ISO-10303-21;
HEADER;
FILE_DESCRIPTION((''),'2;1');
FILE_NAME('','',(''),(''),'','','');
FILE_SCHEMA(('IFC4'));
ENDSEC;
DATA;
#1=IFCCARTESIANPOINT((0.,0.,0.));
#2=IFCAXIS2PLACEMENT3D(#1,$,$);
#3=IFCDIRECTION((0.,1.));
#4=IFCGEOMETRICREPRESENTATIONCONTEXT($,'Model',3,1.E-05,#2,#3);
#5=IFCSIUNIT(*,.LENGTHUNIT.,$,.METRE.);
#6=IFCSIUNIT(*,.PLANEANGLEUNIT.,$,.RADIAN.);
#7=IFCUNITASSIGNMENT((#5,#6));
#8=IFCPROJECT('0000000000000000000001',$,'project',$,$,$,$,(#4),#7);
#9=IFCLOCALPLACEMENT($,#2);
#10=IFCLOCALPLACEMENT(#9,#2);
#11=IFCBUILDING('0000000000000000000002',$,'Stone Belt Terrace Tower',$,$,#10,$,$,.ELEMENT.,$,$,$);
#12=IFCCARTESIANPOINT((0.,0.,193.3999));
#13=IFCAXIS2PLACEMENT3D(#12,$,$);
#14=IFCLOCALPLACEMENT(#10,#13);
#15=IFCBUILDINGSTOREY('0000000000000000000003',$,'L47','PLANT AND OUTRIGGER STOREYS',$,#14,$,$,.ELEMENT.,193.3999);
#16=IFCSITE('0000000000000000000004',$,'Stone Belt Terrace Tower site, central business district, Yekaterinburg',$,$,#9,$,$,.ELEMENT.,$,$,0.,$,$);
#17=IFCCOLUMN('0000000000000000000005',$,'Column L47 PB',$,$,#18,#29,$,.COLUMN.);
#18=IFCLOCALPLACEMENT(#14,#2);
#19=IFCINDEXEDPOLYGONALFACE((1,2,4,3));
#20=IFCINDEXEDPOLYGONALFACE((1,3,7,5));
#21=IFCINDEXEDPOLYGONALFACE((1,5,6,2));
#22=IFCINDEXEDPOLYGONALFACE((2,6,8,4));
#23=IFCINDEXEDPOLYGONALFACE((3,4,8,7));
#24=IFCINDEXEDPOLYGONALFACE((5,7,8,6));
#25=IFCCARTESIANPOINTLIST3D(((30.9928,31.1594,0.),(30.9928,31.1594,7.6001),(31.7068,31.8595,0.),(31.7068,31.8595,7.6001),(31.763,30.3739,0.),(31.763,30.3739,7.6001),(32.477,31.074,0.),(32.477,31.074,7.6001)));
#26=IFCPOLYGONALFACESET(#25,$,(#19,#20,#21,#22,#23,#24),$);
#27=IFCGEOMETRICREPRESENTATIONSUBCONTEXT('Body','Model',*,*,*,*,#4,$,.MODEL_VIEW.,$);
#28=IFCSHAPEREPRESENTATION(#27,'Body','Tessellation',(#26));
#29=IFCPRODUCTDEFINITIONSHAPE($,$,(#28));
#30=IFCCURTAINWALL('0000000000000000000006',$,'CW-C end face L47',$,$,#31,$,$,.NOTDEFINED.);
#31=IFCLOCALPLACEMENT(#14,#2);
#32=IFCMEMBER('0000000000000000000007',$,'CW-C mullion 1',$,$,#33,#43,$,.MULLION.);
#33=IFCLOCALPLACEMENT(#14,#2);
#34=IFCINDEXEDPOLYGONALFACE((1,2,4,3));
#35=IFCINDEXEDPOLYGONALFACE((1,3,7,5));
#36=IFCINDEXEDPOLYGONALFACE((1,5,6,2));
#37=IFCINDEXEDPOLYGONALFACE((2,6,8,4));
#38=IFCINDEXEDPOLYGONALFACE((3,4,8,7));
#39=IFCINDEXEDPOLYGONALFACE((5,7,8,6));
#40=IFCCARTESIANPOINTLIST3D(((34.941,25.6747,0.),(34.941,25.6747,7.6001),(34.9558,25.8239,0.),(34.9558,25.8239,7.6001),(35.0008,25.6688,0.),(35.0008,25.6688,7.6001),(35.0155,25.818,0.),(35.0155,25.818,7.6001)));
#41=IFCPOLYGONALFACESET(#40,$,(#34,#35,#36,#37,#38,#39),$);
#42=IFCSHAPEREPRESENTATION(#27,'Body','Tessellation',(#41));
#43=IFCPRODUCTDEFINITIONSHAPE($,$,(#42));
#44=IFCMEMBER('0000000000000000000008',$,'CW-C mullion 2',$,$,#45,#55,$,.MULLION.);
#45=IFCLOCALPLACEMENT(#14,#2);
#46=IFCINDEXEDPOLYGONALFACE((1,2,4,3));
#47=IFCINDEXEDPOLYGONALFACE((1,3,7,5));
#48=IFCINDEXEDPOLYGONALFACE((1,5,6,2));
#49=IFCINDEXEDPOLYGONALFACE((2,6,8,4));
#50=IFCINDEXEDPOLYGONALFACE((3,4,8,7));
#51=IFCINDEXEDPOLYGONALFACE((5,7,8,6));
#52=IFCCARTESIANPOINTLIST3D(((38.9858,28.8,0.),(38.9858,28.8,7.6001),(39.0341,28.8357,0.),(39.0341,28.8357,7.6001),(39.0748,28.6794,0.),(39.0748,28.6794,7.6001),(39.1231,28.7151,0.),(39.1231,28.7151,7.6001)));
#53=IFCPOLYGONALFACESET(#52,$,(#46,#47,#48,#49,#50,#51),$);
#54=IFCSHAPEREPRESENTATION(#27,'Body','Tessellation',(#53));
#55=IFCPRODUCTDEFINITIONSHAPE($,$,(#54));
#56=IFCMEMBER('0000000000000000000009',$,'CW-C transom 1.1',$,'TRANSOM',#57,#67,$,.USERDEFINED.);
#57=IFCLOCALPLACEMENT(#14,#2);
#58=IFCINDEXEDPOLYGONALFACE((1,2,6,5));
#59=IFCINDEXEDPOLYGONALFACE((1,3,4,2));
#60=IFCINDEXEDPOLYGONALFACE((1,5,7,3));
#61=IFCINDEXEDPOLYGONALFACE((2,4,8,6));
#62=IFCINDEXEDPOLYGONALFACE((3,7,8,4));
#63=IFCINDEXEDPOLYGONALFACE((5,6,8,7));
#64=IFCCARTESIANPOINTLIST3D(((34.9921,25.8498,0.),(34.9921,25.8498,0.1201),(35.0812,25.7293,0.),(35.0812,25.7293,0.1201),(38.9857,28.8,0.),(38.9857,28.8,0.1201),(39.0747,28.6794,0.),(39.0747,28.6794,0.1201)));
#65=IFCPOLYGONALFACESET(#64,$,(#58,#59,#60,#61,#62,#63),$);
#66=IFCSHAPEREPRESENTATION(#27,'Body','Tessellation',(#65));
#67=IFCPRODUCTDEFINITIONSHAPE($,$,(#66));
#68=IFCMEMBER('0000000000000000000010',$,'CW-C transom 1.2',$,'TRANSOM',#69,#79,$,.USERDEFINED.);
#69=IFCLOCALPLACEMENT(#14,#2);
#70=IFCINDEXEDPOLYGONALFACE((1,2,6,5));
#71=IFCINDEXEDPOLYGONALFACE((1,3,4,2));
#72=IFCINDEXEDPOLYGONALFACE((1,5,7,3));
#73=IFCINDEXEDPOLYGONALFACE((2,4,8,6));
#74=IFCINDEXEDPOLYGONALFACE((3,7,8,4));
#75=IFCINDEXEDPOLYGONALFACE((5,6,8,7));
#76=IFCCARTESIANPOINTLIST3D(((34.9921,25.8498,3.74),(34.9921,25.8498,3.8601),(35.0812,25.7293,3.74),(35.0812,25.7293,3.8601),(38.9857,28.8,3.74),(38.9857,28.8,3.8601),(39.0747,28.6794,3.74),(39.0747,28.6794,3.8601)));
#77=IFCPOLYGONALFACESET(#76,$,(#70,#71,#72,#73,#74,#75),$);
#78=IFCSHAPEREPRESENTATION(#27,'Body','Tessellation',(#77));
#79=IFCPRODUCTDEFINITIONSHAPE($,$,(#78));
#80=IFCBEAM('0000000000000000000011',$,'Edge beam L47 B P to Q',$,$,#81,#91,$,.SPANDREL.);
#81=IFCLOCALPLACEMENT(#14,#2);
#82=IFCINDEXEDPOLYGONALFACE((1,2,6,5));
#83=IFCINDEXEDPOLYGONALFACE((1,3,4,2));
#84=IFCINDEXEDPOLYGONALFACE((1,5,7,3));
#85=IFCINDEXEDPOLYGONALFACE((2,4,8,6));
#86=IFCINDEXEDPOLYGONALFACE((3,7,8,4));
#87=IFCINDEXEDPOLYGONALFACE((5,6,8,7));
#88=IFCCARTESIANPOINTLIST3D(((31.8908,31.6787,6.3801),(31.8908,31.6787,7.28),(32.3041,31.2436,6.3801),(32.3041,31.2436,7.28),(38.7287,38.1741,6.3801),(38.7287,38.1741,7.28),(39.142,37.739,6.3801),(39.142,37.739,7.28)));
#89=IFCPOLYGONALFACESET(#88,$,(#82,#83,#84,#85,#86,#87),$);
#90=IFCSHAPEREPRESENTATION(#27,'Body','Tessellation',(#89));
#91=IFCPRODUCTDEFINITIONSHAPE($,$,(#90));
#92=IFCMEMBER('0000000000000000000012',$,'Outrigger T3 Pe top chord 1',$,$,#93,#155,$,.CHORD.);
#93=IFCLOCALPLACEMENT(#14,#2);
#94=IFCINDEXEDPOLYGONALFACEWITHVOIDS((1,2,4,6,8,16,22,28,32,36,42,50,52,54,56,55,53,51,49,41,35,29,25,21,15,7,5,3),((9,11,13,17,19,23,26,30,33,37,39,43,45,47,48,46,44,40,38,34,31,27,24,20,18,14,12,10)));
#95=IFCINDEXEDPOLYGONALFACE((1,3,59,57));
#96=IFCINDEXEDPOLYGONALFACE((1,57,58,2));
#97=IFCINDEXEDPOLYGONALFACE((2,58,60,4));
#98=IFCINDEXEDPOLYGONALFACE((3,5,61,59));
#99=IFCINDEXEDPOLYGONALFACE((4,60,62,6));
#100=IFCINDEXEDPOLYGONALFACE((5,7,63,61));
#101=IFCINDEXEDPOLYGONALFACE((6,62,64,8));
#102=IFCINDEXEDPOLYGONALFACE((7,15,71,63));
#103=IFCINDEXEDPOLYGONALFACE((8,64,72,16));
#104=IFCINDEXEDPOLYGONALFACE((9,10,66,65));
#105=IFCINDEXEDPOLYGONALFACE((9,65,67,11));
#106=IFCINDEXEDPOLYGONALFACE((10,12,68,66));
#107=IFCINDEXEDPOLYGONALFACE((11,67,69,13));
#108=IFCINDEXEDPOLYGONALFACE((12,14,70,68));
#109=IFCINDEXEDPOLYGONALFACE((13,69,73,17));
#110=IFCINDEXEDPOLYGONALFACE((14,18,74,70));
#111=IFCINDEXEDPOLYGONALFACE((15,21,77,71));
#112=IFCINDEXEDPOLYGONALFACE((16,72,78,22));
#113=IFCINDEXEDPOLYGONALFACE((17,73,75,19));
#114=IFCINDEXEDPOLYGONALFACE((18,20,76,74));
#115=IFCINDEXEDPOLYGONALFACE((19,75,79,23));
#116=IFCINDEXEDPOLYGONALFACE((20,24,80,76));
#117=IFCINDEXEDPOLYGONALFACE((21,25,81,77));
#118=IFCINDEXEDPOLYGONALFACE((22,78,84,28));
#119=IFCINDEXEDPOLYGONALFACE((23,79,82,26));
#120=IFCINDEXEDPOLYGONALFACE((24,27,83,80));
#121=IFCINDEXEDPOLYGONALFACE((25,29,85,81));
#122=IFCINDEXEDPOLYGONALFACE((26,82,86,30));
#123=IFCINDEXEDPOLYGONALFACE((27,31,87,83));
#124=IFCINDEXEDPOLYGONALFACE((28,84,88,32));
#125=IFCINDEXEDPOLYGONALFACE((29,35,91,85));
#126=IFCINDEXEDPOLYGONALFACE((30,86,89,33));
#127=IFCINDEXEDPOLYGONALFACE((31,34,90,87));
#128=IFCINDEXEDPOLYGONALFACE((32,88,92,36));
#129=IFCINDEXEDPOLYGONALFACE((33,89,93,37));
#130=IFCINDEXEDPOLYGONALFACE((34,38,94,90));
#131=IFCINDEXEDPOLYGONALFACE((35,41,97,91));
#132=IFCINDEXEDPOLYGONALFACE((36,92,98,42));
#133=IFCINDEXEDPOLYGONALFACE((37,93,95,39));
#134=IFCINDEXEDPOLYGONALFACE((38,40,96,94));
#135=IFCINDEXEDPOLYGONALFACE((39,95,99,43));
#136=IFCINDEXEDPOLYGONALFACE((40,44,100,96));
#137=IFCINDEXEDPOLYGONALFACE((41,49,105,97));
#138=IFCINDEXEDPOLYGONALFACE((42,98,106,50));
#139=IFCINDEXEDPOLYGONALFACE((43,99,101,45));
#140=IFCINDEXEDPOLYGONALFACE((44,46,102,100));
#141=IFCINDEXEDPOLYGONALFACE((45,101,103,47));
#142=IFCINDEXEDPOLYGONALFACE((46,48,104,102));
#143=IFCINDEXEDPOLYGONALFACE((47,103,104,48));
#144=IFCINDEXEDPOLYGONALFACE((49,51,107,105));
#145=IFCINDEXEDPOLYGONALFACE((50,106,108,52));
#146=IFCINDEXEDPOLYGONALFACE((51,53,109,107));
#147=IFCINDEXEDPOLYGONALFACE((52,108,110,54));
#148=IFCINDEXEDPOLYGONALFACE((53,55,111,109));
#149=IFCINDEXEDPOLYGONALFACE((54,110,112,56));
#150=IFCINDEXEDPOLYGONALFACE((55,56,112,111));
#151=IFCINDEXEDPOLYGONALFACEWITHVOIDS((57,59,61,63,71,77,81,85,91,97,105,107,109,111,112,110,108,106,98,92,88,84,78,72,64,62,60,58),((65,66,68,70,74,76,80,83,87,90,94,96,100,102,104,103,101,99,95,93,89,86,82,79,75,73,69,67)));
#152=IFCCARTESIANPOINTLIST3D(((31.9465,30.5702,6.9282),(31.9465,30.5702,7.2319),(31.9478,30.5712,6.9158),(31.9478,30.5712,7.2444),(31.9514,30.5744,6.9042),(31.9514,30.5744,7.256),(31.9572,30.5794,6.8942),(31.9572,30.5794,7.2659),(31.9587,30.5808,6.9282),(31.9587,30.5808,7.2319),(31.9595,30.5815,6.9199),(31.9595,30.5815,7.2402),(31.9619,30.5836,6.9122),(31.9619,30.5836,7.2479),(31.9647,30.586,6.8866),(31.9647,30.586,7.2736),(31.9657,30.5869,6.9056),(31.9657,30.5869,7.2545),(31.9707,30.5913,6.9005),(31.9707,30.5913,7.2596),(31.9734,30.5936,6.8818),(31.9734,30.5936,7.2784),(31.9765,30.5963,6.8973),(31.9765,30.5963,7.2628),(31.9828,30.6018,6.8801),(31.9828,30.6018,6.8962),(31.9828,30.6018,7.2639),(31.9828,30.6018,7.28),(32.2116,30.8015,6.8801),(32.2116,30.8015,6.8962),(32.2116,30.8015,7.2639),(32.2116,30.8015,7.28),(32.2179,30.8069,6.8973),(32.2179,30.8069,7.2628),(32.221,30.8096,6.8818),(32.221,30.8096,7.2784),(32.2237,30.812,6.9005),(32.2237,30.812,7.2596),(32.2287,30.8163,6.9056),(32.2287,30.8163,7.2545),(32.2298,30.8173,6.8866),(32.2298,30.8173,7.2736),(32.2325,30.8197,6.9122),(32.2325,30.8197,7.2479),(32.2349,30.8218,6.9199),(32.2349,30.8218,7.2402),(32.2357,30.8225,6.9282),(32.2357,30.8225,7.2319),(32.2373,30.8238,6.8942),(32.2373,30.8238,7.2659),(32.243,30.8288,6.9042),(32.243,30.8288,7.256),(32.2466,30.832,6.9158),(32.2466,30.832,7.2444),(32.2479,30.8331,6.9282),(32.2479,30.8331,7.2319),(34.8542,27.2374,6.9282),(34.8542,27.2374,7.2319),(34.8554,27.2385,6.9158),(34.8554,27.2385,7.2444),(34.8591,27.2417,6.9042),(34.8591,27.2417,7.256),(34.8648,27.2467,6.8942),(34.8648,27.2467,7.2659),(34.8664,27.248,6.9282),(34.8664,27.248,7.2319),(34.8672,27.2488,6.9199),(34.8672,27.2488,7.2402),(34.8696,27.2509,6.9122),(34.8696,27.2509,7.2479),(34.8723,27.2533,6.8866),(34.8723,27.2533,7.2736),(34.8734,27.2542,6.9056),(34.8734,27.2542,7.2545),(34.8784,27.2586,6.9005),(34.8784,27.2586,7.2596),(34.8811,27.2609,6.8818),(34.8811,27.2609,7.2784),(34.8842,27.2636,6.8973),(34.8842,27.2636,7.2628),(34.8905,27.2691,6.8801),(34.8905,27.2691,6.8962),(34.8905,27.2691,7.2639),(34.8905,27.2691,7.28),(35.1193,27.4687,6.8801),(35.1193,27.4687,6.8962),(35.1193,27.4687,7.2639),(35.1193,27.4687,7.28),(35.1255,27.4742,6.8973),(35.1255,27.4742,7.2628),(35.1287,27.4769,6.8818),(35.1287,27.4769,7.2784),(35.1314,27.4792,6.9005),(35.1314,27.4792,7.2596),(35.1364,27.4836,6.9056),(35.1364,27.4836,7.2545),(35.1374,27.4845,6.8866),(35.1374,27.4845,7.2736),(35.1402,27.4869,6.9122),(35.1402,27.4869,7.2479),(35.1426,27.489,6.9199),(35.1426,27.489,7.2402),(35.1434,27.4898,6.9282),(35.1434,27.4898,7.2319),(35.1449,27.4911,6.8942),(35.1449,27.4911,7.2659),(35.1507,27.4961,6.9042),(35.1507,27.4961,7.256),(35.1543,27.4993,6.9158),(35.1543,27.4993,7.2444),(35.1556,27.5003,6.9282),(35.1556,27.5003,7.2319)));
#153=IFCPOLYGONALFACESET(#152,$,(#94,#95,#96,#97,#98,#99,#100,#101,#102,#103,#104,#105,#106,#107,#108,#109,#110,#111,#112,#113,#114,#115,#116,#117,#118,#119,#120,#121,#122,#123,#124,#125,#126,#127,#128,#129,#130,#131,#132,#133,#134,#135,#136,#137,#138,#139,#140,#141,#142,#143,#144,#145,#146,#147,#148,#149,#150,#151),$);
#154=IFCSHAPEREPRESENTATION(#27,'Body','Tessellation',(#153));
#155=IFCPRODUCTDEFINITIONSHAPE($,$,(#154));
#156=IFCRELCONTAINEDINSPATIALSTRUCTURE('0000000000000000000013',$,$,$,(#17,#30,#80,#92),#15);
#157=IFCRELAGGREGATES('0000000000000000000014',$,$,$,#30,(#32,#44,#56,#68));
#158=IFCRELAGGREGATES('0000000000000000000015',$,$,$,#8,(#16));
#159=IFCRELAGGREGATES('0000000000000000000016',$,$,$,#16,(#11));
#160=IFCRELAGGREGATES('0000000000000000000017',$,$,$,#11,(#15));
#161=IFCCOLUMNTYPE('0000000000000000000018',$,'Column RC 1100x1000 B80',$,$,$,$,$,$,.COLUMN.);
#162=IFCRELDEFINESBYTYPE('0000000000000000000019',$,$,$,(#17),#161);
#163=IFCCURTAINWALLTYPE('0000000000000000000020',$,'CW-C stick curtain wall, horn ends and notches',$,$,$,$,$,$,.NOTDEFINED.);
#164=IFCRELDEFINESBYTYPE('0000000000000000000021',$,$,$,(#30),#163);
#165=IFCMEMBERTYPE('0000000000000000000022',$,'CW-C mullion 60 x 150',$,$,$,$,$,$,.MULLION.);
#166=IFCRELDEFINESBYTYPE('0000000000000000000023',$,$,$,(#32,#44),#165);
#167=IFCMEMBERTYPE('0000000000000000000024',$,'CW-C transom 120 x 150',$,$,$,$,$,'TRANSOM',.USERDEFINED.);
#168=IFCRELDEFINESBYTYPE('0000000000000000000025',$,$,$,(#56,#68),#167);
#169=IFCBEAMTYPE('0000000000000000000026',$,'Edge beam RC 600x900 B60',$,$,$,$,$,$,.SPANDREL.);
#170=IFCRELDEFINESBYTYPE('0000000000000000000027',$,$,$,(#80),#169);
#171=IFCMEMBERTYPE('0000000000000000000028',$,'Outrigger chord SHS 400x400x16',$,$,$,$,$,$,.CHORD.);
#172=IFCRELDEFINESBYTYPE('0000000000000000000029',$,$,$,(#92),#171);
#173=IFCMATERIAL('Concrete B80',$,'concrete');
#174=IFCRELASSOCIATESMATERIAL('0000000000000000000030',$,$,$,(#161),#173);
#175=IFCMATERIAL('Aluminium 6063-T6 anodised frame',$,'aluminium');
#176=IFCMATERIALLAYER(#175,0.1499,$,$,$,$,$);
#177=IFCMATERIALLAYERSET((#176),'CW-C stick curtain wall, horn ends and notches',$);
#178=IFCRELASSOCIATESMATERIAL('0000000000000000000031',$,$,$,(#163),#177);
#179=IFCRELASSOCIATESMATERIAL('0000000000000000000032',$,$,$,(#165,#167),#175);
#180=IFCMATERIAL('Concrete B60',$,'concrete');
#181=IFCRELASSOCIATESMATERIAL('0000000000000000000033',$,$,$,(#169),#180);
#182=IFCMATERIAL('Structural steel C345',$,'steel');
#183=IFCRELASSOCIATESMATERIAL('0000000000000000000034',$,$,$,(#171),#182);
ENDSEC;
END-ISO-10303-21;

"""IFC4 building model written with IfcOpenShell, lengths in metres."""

from ifc_helpers import new_model, si_unit, direction, frame, origin, origin_2d, place, context, subcontext, project, spatial, rectangle, hollow_rectangle, extrude, material, layer, layer_set, material_profile, profile_set, type_object, element, aggregate, save


model = new_model("IFC4")

# Units and contexts
model_context = context("Model", 3, precision=1e-05, world=origin(), true_north=direction((0.0, 1.0)))
body_context = subcontext(model_context, "Body", "Model", "MODEL_VIEW")
ifc_project = project(units=[si_unit("LENGTHUNIT", "METRE"), si_unit("PLANEANGLEUNIT", "RADIAN")], contexts=[model_context])

# Site, building, storey
site_placement = place(None, origin())
site = spatial("IfcSite", under=ifc_project, at=site_placement, Name="Stone Belt Terrace Tower site, central business district, Yekaterinburg", CompositionType="ELEMENT", RefElevation=0.0)
building_placement = place(site_placement, origin())
building = spatial("IfcBuilding", under=site, at=building_placement, Name="Stone Belt Terrace Tower", CompositionType="ELEMENT")
storey_placement = place(building_placement, frame((0.0, 0.0, 193.3999)))
storey = spatial("IfcBuildingStorey", under=building, at=storey_placement, Name="L47", Description="PLANT AND OUTRIGGER STOREYS", CompositionType="ELEMENT", Elevation=193.3999)

# Column
ifc_material_1 = material(Name="Concrete B80", Category="concrete")
ifc_material_profile_1 = material_profile(ifc_material_1, rectangle(XDim=1.1001, YDim=1.0, at=origin_2d()), Name="RC 1100x1000")
ifc_profile_set_1 = profile_set([ifc_material_profile_1], Name="Concrete B80")
column_type = type_object("IfcColumnType", Name="Column RC 1100x1000 B80", PredefinedType="COLUMN", material=ifc_profile_set_1)
column_placement = place(storey_placement, frame((31.7349, 31.1167, 0.0), z_axis=(0.0, 0.0, 1.0), x_axis=(0.70012, -0.714026, 0.0)))
element("IfcColumn", 1, at=column_placement, inside=storey, type_object=column_type, Name="Column L47 PB", PredefinedType="COLUMN", context=body_context, shape_type="SweptSolid", body=[
    extrude(rectangle(XDim=1.1001, YDim=1.0, at=origin_2d()), origin(), (0.0, 0.0, 1.0), 7.6001),
])

# Curtain wall, members
ifc_material_2 = material(Name="Aluminium 6063-T6 anodised frame", Category="aluminium")
ifc_layer_1 = layer(ifc_material_2, 0.1499)
ifc_layer_set_1 = layer_set([ifc_layer_1], Name="CW-C stick curtain wall, horn ends and notches")
curtain_wall_type_1 = type_object("IfcCurtainWallType", Name="CW-C stick curtain wall, horn ends and notches", PredefinedType="NOTDEFINED", material=ifc_layer_set_1)
curtain_wall_1_placement = place(storey_placement, origin())
curtain_wall_1 = element("IfcCurtainWall", 2, at=curtain_wall_1_placement, inside=storey, type_object=curtain_wall_type_1, Name="CW-C end face L47", PredefinedType="NOTDEFINED")
ifc_material_profile_2 = material_profile(ifc_material_2, rectangle(XDim=0.1499, YDim=0.0601, at=origin_2d()), Name="Aluminium 6063-T6 60x150")
ifc_profile_set_2 = profile_set([ifc_material_profile_2], Name="Aluminium 6063-T6 anodised frame")
member_type_1 = type_object("IfcMemberType", Name="CW-C mullion 60 x 150", PredefinedType="MULLION", material=ifc_profile_set_2)
member_1_placement = place(storey_placement, frame((34.9783, 25.7463, 0.0), z_axis=(0.0, 0.0, 1.0), x_axis=(0.09861, 0.995126, 0.0)))
member_1 = element("IfcMember", 3, at=member_1_placement, type_object=member_type_1, Name="CW-C mullion 1", PredefinedType="MULLION", context=body_context, shape_type="SweptSolid", body=[
    extrude(rectangle(XDim=0.1499, YDim=0.0601, at=origin_2d()), origin(), (0.0, 0.0, 1.0), 7.6001),
])
member_2_placement = place(storey_placement, frame((39.0544, 28.7576, 0.0), z_axis=(0.0, 0.0, 1.0), x_axis=(-0.594184, 0.804329, 0.0)))
member_2 = element("IfcMember", 4, at=member_2_placement, type_object=member_type_1, Name="CW-C mullion 2", PredefinedType="MULLION", context=body_context, shape_type="SweptSolid", body=[
    extrude(rectangle(XDim=0.1499, YDim=0.0601, at=origin_2d()), origin(), (0.0, 0.0, 1.0), 7.6001),
])
ifc_material_profile_3 = material_profile(ifc_material_2, rectangle(XDim=0.1499, YDim=0.1201, at=origin_2d()), Name="Aluminium 6063-T6 150x120")
ifc_profile_set_3 = profile_set([ifc_material_profile_3], Name="Aluminium 6063-T6 anodised frame")
member_type_2 = type_object("IfcMemberType", Name="CW-C transom 120 x 150", ElementType="TRANSOM", PredefinedType="USERDEFINED", material=ifc_profile_set_3)
member_3_placement = place(storey_placement, frame((35.0366, 25.7896, 0.0601), z_axis=(0.804333, 0.594178, 0.0), x_axis=(-0.594178, 0.804333, 0.0)))
member_3 = element("IfcMember", 5, at=member_3_placement, type_object=member_type_2, Name="CW-C transom 1.1", ObjectType="TRANSOM", PredefinedType="USERDEFINED", context=body_context, shape_type="SweptSolid", body=[
    extrude(rectangle(XDim=0.1499, YDim=0.1201, at=origin_2d()), origin(), (0.0, 0.0, 1.0), 4.9651),
])
member_4_placement = place(storey_placement, frame((35.0366, 25.7896, 3.8), z_axis=(0.804333, 0.594178, 0.0), x_axis=(-0.594178, 0.804333, 0.0)))
member_4 = element("IfcMember", 6, at=member_4_placement, type_object=member_type_2, Name="CW-C transom 1.2", ObjectType="TRANSOM", PredefinedType="USERDEFINED", context=body_context, shape_type="SweptSolid", body=[
    extrude(rectangle(XDim=0.1499, YDim=0.1201, at=origin_2d()), origin(), (0.0, 0.0, 1.0), 4.9651),
])

# Beam
ifc_material_3 = material(Name="Concrete B60", Category="concrete")
ifc_material_profile_4 = material_profile(ifc_material_3, rectangle(XDim=0.6001, YDim=0.8999, at=origin_2d()), Name="RC 600x900")
ifc_profile_set_4 = profile_set([ifc_material_profile_4], Name="Concrete B60")
beam_type = type_object("IfcBeamType", Name="Edge beam RC 600x900 B60", PredefinedType="SPANDREL", material=ifc_profile_set_4)
beam_placement = place(storey_placement, frame((32.0974, 31.4612, 6.8301), z_axis=(0.725033, 0.688714, 0.0), x_axis=(-0.688714, 0.725033, 0.0)))
element("IfcBeam", 7, at=beam_placement, inside=storey, type_object=beam_type, Name="Edge beam L47 B P to Q", PredefinedType="SPANDREL", context=body_context, shape_type="SweptSolid", body=[
    extrude(rectangle(XDim=0.6001, YDim=0.8999, at=origin_2d()), origin(), (0.0, 0.0, 1.0), 9.4312),
])

# Member
ifc_material_4 = material(Name="Structural steel C345", Category="steel")
ifc_material_profile_5 = material_profile(ifc_material_4, hollow_rectangle(XDim=0.3999, YDim=0.3999, WallThickness=0.0161, InnerFilletRadius=0.032, OuterFilletRadius=0.0481, at=origin_2d()), Name="SHS 400x400x16")
ifc_profile_set_5 = profile_set([ifc_material_profile_5], Name="Structural steel C345")
member_type_3 = type_object("IfcMemberType", Name="Outrigger chord SHS 400x400x16", PredefinedType="CHORD", material=ifc_profile_set_5)
for number, where, z_axis, x_axis, name in (
    (8, (35.0049, 27.3689, 7.0801), (-0.657421, 0.753523, 0.0), (-0.753523, -0.657421, 0.0), "Outrigger T3 Pe top chord 1"),
):
    element("IfcMember", number, at=place(storey_placement, frame(where, z_axis=z_axis, x_axis=x_axis)), inside=storey, type_object=member_type_3, Name=name, PredefinedType="CHORD", context=body_context, shape_type="SweptSolid", body=[
        extrude(hollow_rectangle(XDim=0.3999, YDim=0.3999, WallThickness=0.0161, InnerFilletRadius=0.032, OuterFilletRadius=0.0481, at=origin_2d()), origin(), (0.0, 0.0, 1.0), 4.4229),
    ])

aggregate(curtain_wall_1, [member_1, member_2, member_3, member_4])

save(model, "model.ifc")
